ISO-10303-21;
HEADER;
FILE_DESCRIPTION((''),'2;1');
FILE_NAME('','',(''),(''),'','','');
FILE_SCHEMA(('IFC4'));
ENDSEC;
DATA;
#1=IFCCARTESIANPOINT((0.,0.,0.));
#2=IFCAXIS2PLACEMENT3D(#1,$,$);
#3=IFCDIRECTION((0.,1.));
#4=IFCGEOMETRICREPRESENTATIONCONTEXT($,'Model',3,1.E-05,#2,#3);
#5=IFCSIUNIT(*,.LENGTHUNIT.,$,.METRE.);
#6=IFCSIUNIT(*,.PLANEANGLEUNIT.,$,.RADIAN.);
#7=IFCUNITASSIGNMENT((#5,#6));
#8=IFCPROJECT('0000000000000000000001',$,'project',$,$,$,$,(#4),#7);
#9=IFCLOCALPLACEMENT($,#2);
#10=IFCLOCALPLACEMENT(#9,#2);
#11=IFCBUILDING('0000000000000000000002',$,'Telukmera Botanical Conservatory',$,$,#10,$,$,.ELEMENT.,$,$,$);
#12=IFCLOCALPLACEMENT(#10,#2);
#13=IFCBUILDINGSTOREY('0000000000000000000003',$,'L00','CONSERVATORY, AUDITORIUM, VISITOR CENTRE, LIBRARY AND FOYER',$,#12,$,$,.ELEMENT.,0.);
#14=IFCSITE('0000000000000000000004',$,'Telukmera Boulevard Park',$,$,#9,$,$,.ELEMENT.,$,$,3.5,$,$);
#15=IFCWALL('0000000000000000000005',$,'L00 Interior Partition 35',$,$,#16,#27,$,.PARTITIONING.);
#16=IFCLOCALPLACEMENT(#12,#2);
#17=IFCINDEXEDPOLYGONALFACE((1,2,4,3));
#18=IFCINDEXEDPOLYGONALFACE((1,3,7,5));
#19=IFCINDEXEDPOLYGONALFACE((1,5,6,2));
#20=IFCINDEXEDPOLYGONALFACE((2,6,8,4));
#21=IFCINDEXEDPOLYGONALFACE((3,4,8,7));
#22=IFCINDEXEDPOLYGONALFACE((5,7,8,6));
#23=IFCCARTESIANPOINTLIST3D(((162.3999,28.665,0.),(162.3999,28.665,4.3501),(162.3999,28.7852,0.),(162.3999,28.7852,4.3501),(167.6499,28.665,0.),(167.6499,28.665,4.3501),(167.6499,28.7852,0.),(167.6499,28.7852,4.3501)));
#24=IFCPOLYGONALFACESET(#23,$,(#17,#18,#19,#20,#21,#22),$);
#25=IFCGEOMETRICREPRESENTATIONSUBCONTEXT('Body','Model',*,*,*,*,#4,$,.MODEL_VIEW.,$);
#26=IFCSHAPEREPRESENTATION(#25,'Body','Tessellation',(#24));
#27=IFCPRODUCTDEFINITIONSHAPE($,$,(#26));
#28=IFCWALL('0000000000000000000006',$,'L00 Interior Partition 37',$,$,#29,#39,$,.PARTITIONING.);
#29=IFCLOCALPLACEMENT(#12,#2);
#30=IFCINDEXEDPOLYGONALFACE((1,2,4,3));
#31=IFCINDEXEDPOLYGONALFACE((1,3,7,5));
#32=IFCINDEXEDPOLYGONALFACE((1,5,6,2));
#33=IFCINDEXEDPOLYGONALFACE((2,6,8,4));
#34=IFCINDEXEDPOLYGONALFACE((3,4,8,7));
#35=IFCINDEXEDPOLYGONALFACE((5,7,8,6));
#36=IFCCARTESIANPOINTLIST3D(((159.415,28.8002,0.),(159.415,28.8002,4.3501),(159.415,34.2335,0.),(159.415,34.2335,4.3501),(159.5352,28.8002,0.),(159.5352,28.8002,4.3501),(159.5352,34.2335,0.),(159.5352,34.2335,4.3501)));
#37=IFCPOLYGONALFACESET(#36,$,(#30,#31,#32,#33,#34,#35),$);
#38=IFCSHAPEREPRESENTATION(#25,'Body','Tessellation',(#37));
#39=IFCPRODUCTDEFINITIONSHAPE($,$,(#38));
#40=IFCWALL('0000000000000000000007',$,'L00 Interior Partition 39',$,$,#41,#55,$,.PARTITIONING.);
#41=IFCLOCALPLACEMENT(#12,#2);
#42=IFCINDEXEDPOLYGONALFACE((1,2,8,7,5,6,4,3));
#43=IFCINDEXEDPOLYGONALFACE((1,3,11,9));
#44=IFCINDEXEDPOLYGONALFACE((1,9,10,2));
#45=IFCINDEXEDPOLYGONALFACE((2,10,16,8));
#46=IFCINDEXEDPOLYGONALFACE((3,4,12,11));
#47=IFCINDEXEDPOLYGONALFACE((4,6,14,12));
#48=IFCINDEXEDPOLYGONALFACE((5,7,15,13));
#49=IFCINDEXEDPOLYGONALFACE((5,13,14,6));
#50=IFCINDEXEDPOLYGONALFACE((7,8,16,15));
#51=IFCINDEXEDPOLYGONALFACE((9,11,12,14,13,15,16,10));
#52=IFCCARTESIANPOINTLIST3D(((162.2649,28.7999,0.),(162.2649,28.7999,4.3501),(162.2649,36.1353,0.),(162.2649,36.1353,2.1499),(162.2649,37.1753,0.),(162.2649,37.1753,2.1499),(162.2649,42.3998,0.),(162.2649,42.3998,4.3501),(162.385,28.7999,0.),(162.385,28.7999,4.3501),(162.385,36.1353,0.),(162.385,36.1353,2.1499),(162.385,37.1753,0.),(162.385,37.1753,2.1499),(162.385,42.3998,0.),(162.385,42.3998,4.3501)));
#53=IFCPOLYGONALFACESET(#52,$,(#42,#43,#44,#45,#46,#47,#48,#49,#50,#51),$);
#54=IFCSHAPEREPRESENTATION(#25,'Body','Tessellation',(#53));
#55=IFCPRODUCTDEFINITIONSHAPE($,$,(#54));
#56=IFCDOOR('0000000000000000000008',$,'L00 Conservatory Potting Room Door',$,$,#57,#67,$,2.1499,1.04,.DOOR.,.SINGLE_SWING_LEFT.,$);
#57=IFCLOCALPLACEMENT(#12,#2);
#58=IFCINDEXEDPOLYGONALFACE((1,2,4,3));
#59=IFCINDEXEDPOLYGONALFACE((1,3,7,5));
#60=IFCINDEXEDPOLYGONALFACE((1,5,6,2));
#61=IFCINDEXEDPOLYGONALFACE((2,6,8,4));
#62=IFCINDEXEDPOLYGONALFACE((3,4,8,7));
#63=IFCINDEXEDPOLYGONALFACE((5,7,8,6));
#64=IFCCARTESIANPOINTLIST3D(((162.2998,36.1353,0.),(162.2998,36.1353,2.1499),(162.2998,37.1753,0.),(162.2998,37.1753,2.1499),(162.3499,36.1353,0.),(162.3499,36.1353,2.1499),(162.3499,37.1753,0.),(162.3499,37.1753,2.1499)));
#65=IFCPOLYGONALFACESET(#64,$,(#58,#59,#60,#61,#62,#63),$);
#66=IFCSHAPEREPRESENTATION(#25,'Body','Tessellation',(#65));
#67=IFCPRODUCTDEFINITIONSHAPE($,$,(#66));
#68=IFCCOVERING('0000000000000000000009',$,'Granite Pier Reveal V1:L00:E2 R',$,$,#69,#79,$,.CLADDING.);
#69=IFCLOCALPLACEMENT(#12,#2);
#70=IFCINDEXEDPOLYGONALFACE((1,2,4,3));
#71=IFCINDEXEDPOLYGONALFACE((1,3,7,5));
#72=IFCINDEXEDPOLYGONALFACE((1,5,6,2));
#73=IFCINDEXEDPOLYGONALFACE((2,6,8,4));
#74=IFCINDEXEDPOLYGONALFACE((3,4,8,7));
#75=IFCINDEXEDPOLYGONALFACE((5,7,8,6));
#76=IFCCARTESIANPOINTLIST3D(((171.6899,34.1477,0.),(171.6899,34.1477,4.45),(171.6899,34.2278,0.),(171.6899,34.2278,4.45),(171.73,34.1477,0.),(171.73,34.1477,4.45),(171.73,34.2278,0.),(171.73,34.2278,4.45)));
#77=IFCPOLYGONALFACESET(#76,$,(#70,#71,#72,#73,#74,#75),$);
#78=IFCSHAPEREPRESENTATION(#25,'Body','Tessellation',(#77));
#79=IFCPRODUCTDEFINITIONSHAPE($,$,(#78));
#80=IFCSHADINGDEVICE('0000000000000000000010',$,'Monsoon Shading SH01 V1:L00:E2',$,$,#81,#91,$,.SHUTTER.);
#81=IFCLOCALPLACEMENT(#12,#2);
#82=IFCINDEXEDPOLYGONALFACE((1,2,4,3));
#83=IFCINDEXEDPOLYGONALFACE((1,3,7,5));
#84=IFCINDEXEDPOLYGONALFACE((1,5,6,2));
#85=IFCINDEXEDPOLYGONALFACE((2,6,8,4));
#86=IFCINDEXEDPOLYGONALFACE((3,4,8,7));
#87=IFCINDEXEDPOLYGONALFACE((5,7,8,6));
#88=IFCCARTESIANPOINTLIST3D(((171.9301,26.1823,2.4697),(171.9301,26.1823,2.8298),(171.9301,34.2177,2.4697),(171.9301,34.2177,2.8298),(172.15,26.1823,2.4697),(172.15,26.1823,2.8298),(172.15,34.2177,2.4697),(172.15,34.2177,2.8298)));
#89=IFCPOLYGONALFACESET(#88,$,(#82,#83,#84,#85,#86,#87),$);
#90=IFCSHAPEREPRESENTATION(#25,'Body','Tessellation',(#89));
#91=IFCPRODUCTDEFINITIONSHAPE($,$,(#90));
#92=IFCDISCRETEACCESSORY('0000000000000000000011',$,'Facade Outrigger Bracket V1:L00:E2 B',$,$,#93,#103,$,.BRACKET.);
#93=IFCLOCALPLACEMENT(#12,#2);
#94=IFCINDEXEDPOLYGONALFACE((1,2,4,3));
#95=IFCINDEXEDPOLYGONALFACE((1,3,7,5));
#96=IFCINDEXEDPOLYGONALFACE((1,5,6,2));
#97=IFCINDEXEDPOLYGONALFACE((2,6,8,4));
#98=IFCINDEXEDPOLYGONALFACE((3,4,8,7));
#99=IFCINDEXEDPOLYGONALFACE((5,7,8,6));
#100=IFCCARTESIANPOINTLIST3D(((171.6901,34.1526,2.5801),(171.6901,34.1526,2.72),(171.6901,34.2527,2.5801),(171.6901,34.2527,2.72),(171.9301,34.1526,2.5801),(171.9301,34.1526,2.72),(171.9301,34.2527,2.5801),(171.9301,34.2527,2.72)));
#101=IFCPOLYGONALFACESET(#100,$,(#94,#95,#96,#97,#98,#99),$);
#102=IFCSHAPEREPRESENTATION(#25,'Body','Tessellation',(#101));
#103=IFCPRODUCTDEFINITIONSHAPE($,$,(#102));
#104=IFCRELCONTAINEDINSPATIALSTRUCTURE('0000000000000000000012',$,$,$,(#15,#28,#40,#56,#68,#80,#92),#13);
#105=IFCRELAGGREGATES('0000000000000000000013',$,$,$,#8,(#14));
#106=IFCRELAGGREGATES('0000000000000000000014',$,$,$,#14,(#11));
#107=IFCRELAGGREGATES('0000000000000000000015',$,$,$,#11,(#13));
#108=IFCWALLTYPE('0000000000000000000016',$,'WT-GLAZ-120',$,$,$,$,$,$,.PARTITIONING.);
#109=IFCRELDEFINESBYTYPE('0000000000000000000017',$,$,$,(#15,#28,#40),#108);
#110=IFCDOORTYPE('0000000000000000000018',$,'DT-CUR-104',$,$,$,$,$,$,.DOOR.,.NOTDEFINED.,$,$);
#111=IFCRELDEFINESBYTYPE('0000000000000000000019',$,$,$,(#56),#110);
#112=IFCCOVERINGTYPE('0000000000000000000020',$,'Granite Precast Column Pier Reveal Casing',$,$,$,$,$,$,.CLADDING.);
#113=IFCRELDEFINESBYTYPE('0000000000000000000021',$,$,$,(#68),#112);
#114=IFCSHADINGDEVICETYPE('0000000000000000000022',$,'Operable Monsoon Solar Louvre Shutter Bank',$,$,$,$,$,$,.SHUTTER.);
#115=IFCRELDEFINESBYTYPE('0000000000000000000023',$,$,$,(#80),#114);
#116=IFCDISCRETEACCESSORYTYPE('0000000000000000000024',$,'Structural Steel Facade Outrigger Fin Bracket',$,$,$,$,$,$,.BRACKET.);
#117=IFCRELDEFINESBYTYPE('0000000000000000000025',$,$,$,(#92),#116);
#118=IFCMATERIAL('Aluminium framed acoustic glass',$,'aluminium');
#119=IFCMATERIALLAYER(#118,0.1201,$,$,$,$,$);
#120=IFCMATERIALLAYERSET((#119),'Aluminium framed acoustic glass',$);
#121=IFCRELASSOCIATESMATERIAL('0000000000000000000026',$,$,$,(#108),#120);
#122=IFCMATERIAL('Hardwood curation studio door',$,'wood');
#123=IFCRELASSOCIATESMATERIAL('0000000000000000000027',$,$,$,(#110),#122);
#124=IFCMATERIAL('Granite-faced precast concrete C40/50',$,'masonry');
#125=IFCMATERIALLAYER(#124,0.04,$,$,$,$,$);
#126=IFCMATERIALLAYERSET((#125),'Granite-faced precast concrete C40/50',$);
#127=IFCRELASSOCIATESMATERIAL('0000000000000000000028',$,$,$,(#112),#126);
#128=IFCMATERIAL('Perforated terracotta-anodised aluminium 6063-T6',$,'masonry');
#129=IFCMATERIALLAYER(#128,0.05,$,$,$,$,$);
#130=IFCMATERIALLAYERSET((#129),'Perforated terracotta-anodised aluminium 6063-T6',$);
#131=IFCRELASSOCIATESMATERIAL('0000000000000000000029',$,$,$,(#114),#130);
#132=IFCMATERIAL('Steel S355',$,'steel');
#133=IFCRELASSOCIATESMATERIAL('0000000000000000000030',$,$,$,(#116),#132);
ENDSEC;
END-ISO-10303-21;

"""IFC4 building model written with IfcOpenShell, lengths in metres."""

from ifc_helpers import new_model, si_unit, direction, frame, frame_2d, origin, origin_2d, place, context, subcontext, project, spatial, rectangle, extrude, material, layer, layer_set, type_object, element, fill, save


model = new_model("IFC4")

# Units and contexts
model_context = context("Model", 3, precision=1e-05, world=origin(), true_north=direction((0.0, 1.0)))
body_context = subcontext(model_context, "Body", "Model", "MODEL_VIEW")
ifc_project = project(units=[si_unit("LENGTHUNIT", "METRE"), si_unit("PLANEANGLEUNIT", "RADIAN")], contexts=[model_context])

# Site, building, storey
site_placement = place(None, origin())
site = spatial("IfcSite", under=ifc_project, at=site_placement, Name="Telukmera Boulevard Park", CompositionType="ELEMENT", RefElevation=3.5)
building_placement = place(site_placement, origin())
building = spatial("IfcBuilding", under=site, at=building_placement, Name="Telukmera Botanical Conservatory", CompositionType="ELEMENT")
storey_placement = place(building_placement, origin())
storey = spatial("IfcBuildingStorey", under=building, at=storey_placement, Name="L00", Description="CONSERVATORY, AUDITORIUM, VISITOR CENTRE, LIBRARY AND FOYER", CompositionType="ELEMENT", Elevation=0.0)

# Walls
ifc_material_1 = material(Name="Aluminium framed acoustic glass", Category="aluminium")
ifc_layer_1 = layer(ifc_material_1, 0.1201)
ifc_layer_set_1 = layer_set([ifc_layer_1], Name="Aluminium framed acoustic glass")
wall_type = type_object("IfcWallType", Name="WT-GLAZ-120", PredefinedType="PARTITIONING", material=ifc_layer_set_1)
wall_1_placement = place(storey_placement, frame((162.3999, 28.7251, 0.0), z_axis=(0.0, 0.0, 1.0), x_axis=(1.0, 0.0, 0.0)))
element("IfcWall", 1, at=wall_1_placement, inside=storey, type_object=wall_type, Name="L00 Interior Partition 35", PredefinedType="PARTITIONING", context=body_context, shape_type="SweptSolid", body=[
    extrude(rectangle(XDim=5.25, YDim=0.1201, at=frame_2d((2.625, 0.0))), origin(), (0.0, 0.0, 1.0), 4.3501),
])
wall_2_placement = place(storey_placement, frame((159.4751, 28.8, 0.0), z_axis=(0.0, 0.0, 1.0), x_axis=(0.0, 1.0, 0.0)))
element("IfcWall", 2, at=wall_2_placement, inside=storey, type_object=wall_type, Name="L00 Interior Partition 37", PredefinedType="PARTITIONING", context=body_context, shape_type="SweptSolid", body=[
    extrude(rectangle(XDim=5.4333, YDim=0.1201, at=frame_2d((2.7168, 0.0))), origin(), (0.0, 0.0, 1.0), 4.3501),
])

# Wall, opening, door
wall_3_placement = place(storey_placement, frame((162.325, 28.8, 0.0), z_axis=(0.0, 0.0, 1.0), x_axis=(0.0, 1.0, 0.0)))
wall_3 = element("IfcWall", 3, at=wall_3_placement, inside=storey, type_object=wall_type, Name="L00 Interior Partition 39", PredefinedType="PARTITIONING", context=body_context, shape_type="SweptSolid", body=[
    extrude(rectangle(XDim=13.5999, YDim=0.1201, at=frame_2d((6.7998, 0.0))), origin(), (0.0, 0.0, 1.0), 4.3501),
])
opening_placement = place(wall_3_placement, frame((7.3352, 0.0, 0.0)))
opening = element("IfcOpeningElement", 4, at=opening_placement, cuts=wall_3, PredefinedType="OPENING", context=body_context, shape_type="SweptSolid", body=[
    extrude(rectangle(XDim=1.04, YDim=2.1499, at=frame_2d((0.52, 1.075))), frame((0.0, 0.0701, 0.0), z_axis=(0.0, -1.0, 0.0), x_axis=(1.0, 0.0, 0.0)), (0.0, 0.0, 1.0), 0.1401),
])
ifc_material_2 = material(Name="Hardwood curation studio door", Category="wood")
door_type = type_object("IfcDoorType", Name="DT-CUR-104", OperationType="NOTDEFINED", PredefinedType="DOOR", material=ifc_material_2)
door_placement = place(opening_placement, frame((1.04, 0.0, 0.0), z_axis=(0.0, 0.0, 1.0), x_axis=(-1.0, 0.0, 0.0)))
door = element("IfcDoor", 5, at=door_placement, inside=storey, type_object=door_type, Name="L00 Conservatory Potting Room Door", OperationType="SINGLE_SWING_LEFT", OverallHeight=2.1499, OverallWidth=1.04, PredefinedType="DOOR", context=body_context, shape_type="SweptSolid", body=[
    extrude(rectangle(XDim=1.04, YDim=2.1499, at=frame_2d((0.52, 1.075))), frame((0.0, 0.0249, 0.0), z_axis=(0.0, -1.0, 0.0), x_axis=(1.0, 0.0, 0.0)), (0.0, 0.0, 1.0), 0.05),
])
fill(opening, door)

# Covering
ifc_material_3 = material(Name="Granite-faced precast concrete C40/50", Category="masonry")
ifc_layer_2 = layer(ifc_material_3, 0.04)
ifc_layer_set_2 = layer_set([ifc_layer_2], Name="Granite-faced precast concrete C40/50")
covering_type = type_object("IfcCoveringType", Name="Granite Precast Column Pier Reveal Casing", PredefinedType="CLADDING", material=ifc_layer_set_2)
covering_placement = place(storey_placement, frame((171.71, 34.1877, 0.0), z_axis=(0.0, 0.0, 1.0), x_axis=(0.0, 1.0, 0.0)))
element("IfcCovering", 6, at=covering_placement, inside=storey, type_object=covering_type, Name="Granite Pier Reveal V1:L00:E2 R", PredefinedType="CLADDING", context=body_context, shape_type="SweptSolid", body=[
    extrude(rectangle(XDim=0.0801, YDim=0.04, at=origin_2d()), origin(), (0.0, 0.0, 1.0), 4.45),
])

# Shading device
ifc_material_4 = material(Name="Perforated terracotta-anodised aluminium 6063-T6", Category="masonry")
ifc_layer_3 = layer(ifc_material_4, 0.05)
ifc_layer_set_3 = layer_set([ifc_layer_3], Name="Perforated terracotta-anodised aluminium 6063-T6")
shading_device_type = type_object("IfcShadingDeviceType", Name="Operable Monsoon Solar Louvre Shutter Bank", PredefinedType="SHUTTER", material=ifc_layer_set_3)
shading_device_placement = place(storey_placement, frame((172.04, 30.2, 2.4697), z_axis=(0.0, 0.0, 1.0), x_axis=(0.0, 1.0, 0.0)))
element("IfcShadingDevice", 7, at=shading_device_placement, inside=storey, type_object=shading_device_type, Name="Monsoon Shading SH01 V1:L00:E2", PredefinedType="SHUTTER", context=body_context, shape_type="SweptSolid", body=[
    extrude(rectangle(XDim=8.0354, YDim=0.22, at=origin_2d()), origin(), (0.0, 0.0, 1.0), 0.3601),
])

# Discrete accessory
ifc_material_5 = material(Name="Steel S355", Category="steel")
discrete_accessory_type = type_object("IfcDiscreteAccessoryType", Name="Structural Steel Facade Outrigger Fin Bracket", PredefinedType="BRACKET", material=ifc_material_5)
discrete_accessory_placement = place(storey_placement, frame((171.8101, 34.2026, 2.5801), z_axis=(0.0, 0.0, 1.0), x_axis=(0.0, 1.0, 0.0)))
element("IfcDiscreteAccessory", 8, at=discrete_accessory_placement, inside=storey, type_object=discrete_accessory_type, Name="Facade Outrigger Bracket V1:L00:E2 B", PredefinedType="BRACKET", context=body_context, shape_type="SweptSolid", body=[
    extrude(rectangle(XDim=0.1001, YDim=0.24, at=origin_2d()), origin(), (0.0, 0.0, 1.0), 0.1399),
])

save(model, "model.ifc")
